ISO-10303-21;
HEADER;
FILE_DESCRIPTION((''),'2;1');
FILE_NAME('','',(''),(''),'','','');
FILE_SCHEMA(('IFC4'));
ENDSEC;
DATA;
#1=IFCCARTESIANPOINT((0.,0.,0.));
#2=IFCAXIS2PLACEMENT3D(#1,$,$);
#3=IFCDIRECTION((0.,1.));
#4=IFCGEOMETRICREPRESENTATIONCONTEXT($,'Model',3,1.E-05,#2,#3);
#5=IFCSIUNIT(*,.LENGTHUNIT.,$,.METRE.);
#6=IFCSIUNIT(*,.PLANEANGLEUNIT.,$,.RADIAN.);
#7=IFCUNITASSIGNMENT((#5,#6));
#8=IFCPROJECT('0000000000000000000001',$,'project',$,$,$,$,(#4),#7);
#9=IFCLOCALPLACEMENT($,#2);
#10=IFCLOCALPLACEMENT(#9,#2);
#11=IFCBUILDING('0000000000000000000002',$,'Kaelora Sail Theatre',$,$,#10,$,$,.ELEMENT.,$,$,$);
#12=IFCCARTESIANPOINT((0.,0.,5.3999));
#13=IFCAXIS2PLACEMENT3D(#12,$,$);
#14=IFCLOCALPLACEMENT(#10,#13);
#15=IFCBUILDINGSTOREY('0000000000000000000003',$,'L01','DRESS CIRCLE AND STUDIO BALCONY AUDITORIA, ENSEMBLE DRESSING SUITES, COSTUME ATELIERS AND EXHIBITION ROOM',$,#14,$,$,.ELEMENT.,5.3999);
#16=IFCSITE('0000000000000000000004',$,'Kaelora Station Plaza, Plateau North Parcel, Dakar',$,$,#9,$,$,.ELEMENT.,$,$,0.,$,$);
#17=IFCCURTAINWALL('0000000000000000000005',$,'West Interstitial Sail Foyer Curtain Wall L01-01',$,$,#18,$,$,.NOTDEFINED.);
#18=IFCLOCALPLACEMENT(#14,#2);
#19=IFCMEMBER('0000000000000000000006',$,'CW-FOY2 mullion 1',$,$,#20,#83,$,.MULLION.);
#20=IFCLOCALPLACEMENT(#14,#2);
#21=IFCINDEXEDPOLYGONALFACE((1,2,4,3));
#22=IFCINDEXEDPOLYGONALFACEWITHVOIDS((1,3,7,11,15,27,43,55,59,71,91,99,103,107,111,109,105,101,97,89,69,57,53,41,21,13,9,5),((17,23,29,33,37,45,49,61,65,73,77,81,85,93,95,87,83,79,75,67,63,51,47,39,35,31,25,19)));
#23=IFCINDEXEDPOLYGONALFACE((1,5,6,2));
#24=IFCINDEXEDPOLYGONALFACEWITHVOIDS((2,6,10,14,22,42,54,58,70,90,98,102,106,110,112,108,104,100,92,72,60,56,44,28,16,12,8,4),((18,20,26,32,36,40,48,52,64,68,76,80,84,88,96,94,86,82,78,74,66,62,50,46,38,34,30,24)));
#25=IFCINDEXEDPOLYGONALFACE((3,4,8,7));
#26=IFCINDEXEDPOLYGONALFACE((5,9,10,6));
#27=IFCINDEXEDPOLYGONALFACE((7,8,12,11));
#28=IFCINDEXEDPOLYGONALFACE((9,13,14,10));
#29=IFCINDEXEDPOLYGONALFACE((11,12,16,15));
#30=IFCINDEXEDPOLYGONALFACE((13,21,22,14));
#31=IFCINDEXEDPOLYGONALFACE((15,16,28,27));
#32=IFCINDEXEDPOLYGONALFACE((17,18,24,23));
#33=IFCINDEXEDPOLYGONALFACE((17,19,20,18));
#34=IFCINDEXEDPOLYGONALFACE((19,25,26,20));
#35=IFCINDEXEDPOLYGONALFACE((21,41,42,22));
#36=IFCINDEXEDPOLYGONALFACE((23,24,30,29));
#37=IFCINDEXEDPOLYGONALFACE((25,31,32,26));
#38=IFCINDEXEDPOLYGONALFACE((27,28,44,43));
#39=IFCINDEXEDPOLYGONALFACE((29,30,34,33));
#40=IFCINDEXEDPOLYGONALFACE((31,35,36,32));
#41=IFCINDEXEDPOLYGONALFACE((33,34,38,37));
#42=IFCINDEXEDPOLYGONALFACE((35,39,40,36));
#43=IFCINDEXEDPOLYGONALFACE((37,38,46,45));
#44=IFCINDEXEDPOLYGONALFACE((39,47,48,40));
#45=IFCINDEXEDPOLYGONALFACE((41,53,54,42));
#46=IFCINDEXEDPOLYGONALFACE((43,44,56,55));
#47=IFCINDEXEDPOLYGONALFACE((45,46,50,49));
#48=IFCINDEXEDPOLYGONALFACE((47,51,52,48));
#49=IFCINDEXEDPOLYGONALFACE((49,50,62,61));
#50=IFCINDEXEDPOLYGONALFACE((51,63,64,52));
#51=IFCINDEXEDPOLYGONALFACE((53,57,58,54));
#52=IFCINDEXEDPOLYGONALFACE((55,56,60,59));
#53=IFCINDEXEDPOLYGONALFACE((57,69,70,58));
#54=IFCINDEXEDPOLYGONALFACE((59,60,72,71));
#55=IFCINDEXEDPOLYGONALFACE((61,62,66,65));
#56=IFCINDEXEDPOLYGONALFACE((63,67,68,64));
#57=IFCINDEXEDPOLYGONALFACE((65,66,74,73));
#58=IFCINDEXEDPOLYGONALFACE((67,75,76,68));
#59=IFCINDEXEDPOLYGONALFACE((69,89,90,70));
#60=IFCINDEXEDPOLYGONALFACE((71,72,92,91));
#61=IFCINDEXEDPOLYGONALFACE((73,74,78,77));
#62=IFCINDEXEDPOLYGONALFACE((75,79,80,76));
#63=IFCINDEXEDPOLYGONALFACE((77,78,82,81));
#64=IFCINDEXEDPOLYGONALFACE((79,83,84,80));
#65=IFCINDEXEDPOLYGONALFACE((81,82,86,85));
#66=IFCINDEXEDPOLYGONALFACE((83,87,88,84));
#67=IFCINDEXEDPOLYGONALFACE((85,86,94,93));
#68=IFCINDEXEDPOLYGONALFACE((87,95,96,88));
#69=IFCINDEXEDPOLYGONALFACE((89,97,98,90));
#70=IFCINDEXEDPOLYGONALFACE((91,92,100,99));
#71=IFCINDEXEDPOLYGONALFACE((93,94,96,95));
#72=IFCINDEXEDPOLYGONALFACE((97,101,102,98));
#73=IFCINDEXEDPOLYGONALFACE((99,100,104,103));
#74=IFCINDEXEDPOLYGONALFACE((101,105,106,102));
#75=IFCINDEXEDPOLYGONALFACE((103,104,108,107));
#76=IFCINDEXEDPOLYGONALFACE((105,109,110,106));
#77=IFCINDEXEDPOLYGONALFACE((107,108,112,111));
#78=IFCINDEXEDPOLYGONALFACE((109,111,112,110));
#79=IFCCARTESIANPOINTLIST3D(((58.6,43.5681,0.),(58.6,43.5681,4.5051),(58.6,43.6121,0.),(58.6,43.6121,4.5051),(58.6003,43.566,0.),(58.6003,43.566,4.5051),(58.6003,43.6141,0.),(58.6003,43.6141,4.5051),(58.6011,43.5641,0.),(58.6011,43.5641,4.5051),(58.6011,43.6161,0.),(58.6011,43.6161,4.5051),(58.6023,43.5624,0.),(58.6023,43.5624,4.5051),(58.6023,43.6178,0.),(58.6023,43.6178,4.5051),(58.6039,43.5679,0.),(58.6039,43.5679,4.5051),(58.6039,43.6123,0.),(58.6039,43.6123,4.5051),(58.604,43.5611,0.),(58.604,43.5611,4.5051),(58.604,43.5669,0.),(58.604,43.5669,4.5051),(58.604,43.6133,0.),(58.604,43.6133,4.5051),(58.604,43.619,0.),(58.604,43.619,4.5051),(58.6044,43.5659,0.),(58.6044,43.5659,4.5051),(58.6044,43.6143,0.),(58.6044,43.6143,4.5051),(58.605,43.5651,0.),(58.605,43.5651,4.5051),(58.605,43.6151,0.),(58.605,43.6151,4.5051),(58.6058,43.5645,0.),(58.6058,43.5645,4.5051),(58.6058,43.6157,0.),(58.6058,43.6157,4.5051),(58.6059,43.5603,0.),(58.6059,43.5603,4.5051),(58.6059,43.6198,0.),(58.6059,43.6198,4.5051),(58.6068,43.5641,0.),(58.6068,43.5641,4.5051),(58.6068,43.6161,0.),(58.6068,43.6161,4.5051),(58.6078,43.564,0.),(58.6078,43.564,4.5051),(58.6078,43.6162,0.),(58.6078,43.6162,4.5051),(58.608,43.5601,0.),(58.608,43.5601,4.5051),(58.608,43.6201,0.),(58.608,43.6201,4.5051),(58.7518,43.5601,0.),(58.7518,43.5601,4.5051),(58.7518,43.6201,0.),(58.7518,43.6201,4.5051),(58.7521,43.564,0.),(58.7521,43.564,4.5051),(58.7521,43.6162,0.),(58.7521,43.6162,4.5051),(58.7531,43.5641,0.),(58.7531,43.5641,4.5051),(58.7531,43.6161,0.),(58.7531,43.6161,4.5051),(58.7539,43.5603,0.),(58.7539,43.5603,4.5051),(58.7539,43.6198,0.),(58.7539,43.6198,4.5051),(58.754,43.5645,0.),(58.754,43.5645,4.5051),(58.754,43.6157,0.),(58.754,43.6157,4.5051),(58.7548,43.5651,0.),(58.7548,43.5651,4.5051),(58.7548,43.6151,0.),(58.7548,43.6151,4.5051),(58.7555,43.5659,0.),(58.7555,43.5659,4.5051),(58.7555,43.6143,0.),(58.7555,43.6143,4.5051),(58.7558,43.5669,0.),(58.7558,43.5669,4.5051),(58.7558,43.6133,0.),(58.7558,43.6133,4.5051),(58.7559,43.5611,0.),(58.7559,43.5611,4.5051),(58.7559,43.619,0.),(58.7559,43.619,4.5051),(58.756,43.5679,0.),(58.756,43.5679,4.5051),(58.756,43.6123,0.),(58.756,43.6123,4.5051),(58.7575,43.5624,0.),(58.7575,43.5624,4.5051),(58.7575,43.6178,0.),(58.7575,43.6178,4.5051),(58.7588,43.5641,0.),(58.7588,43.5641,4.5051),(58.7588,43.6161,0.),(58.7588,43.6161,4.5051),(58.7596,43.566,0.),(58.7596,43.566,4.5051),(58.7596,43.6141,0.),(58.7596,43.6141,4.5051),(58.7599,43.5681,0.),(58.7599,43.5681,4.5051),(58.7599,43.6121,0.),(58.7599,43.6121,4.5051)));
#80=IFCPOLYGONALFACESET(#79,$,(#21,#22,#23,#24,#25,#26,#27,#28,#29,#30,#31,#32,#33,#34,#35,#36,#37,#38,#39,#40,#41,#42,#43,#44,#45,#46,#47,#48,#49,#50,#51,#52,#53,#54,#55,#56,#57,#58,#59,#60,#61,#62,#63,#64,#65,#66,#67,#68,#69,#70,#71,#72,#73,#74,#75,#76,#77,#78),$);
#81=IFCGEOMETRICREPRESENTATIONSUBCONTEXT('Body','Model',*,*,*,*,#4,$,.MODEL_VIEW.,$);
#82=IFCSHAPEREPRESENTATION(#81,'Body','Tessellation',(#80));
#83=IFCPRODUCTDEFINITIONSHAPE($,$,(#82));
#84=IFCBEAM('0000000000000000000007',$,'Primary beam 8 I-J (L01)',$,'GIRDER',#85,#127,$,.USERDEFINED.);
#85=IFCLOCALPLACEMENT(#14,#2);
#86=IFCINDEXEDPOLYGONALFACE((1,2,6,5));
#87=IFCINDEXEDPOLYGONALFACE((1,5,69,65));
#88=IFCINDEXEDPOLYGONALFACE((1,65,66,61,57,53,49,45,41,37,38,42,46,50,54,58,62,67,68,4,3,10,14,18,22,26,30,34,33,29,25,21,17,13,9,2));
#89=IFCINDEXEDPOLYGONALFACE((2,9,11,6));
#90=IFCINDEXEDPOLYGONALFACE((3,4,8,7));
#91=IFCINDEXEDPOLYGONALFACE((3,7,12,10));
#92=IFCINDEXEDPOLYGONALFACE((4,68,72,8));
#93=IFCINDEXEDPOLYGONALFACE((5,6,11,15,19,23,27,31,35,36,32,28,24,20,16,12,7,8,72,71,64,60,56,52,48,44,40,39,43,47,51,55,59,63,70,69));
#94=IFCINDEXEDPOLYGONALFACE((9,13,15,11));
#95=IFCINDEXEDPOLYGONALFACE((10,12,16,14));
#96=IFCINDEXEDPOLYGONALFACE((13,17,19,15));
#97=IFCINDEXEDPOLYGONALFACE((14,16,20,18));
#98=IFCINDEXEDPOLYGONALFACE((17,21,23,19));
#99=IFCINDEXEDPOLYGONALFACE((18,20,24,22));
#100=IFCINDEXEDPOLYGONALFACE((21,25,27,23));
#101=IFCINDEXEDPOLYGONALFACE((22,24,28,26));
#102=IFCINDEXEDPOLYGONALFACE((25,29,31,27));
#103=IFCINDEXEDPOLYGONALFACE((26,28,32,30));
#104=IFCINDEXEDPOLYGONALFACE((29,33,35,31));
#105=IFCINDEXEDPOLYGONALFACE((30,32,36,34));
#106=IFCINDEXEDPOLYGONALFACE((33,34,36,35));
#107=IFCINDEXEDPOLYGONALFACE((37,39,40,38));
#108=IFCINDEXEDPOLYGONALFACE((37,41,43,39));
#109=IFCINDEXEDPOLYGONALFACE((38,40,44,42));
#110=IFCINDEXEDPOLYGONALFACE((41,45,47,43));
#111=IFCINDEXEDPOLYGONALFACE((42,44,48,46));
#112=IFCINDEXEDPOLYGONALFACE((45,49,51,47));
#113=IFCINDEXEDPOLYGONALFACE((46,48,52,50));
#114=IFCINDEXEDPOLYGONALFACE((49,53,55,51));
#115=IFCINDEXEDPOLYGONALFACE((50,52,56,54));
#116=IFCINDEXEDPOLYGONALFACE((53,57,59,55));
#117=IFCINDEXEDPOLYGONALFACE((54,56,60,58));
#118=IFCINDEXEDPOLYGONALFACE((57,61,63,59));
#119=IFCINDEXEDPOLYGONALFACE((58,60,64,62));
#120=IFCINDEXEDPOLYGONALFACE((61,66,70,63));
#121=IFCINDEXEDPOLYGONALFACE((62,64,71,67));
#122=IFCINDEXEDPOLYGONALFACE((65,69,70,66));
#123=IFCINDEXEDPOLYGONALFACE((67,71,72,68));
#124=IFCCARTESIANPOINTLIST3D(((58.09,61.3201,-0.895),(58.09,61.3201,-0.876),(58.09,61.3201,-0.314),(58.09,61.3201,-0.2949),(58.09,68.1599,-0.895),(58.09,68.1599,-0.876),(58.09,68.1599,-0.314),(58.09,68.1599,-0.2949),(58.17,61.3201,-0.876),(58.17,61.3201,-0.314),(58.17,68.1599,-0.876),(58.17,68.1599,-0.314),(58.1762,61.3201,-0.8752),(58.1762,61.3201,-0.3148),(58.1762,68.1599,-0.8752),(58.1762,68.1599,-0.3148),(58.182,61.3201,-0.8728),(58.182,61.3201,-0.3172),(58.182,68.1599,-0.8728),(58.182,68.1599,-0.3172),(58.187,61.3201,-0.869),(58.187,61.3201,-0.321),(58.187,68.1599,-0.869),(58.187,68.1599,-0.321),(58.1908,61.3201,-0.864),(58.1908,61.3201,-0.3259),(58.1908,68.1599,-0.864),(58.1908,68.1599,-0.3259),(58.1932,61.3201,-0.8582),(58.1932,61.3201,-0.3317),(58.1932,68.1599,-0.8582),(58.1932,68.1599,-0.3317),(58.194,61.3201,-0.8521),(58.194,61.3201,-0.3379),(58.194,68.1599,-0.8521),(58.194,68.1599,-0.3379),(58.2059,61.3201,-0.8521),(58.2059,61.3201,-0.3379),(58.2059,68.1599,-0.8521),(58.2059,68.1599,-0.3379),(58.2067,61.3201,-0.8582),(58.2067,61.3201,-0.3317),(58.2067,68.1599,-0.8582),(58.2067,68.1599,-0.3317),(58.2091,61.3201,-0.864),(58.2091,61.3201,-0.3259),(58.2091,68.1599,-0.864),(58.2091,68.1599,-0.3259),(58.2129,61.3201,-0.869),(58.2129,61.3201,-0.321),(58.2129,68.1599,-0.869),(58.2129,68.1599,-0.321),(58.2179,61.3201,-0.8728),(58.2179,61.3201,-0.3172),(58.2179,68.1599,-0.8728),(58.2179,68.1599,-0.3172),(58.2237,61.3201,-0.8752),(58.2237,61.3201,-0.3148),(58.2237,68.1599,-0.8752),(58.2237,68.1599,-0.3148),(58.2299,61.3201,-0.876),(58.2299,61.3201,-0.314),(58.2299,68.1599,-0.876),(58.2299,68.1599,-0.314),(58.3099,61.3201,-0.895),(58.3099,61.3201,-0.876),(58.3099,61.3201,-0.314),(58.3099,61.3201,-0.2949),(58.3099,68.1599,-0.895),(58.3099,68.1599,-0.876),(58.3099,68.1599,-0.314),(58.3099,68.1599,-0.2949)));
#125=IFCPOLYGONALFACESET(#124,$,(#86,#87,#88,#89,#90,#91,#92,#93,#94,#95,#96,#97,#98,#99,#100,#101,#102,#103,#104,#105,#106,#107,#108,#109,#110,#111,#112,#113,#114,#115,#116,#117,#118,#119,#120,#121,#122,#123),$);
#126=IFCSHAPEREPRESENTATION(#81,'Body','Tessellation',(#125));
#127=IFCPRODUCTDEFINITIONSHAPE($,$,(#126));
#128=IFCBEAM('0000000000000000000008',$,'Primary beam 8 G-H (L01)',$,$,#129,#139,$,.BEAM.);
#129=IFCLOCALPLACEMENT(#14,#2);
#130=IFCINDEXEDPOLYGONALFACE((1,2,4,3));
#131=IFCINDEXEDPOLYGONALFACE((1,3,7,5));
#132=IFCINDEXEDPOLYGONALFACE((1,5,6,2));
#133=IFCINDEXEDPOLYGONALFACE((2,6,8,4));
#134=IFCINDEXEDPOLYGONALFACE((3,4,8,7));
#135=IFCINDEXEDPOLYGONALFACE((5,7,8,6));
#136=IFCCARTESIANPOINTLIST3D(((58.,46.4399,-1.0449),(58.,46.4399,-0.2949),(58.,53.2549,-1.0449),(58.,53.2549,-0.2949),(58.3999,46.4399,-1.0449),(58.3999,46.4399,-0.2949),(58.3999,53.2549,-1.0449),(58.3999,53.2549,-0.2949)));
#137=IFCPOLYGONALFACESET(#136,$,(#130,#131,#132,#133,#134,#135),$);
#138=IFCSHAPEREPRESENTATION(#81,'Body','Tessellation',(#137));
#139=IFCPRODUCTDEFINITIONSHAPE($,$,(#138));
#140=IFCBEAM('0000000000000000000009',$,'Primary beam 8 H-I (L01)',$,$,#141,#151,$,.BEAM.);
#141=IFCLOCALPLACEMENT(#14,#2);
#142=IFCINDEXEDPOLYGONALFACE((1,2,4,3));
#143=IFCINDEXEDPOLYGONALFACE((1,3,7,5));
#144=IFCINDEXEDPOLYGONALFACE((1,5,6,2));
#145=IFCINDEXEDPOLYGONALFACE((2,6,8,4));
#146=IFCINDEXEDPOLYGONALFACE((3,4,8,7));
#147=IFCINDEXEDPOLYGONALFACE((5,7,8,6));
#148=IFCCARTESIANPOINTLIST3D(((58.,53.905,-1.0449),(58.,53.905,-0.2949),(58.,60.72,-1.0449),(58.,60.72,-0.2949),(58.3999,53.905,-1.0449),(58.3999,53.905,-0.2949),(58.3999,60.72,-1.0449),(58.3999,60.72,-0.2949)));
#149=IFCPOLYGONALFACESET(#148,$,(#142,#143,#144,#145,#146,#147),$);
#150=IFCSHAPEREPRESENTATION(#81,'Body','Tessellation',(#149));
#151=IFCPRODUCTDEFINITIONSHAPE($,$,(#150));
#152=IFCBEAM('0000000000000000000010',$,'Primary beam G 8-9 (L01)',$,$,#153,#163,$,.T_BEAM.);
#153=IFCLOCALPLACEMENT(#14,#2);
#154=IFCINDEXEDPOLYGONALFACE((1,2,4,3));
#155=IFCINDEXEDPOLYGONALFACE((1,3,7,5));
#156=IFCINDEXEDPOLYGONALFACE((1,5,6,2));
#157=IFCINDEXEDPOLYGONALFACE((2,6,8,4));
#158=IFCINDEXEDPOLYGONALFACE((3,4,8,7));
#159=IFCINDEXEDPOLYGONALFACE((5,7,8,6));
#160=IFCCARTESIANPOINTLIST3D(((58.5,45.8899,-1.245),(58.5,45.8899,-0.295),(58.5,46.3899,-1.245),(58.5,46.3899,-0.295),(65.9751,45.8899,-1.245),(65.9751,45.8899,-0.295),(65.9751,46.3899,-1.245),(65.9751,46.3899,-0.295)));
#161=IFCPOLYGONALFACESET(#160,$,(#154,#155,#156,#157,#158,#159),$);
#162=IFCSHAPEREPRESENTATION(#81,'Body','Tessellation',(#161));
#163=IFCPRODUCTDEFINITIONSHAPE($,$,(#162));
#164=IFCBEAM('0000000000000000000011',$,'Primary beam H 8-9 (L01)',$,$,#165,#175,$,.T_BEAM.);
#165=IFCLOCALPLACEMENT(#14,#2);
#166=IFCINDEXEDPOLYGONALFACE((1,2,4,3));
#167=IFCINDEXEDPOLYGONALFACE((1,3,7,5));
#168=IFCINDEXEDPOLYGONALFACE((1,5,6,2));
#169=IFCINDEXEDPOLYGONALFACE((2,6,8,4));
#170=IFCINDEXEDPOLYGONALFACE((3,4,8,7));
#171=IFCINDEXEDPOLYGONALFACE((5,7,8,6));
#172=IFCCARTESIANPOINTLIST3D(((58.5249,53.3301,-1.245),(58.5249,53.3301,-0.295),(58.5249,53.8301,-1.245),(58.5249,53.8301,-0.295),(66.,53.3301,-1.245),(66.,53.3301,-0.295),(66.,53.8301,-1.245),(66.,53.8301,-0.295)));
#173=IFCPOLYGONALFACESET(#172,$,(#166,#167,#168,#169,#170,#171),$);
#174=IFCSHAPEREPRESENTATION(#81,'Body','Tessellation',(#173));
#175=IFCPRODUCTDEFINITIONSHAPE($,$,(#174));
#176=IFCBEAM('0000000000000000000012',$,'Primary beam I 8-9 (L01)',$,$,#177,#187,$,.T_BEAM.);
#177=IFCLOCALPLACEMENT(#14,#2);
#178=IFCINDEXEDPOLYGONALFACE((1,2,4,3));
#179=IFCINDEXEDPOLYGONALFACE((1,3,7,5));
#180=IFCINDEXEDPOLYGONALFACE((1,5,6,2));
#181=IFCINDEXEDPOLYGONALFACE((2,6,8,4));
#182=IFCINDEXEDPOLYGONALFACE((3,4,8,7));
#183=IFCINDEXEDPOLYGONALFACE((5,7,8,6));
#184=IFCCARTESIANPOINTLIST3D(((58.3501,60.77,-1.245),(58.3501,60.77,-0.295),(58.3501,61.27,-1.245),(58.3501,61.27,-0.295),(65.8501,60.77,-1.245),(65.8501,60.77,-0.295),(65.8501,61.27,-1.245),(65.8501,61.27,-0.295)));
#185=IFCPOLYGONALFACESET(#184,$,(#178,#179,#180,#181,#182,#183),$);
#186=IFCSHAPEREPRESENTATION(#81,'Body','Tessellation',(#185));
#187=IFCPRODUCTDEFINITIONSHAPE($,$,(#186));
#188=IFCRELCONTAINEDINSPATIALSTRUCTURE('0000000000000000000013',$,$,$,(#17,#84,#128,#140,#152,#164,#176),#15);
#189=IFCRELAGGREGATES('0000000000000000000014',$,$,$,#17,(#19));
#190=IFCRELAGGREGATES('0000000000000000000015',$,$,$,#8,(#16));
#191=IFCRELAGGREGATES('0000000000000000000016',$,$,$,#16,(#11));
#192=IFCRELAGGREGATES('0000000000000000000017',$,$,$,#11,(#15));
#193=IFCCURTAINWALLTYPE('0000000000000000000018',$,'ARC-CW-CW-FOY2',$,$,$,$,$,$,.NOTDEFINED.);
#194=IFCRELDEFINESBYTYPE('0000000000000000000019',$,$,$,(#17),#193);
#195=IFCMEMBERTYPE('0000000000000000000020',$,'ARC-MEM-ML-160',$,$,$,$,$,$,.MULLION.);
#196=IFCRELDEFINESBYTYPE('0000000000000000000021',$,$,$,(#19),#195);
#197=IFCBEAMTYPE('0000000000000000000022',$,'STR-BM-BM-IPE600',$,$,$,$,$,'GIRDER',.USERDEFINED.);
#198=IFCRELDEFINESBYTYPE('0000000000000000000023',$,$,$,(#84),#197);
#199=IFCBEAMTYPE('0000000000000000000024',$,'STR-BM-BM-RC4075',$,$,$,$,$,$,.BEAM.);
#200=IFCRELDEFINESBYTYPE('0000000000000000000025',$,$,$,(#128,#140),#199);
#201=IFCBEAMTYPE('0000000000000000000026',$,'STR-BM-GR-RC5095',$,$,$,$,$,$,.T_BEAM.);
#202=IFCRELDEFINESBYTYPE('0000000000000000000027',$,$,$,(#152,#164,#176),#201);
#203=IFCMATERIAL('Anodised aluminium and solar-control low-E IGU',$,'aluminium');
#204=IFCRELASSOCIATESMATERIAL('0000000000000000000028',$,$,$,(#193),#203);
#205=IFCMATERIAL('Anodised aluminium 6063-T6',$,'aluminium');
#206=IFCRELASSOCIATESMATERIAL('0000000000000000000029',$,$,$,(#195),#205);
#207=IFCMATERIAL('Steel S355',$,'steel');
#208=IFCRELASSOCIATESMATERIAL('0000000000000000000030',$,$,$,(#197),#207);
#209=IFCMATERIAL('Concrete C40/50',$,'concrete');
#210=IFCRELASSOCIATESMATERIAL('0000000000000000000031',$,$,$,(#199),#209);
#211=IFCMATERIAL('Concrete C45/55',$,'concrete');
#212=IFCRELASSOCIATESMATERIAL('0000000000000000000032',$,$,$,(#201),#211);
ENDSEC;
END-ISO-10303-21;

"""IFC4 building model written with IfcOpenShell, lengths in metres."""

from ifc_helpers import new_model, si_unit, direction, frame, origin, origin_2d, place, context, subcontext, project, spatial, rectangle, hollow_rectangle, i_section, extrude, material, material_profile, profile_set, type_object, element, aggregate, save


model = new_model("IFC4")

# Units and contexts
model_context = context("Model", 3, precision=1e-05, world=origin(), true_north=direction((0.0, 1.0)))
body_context = subcontext(model_context, "Body", "Model", "MODEL_VIEW")
ifc_project = project(units=[si_unit("LENGTHUNIT", "METRE"), si_unit("PLANEANGLEUNIT", "RADIAN")], contexts=[model_context])

# Site, building, storey
site_placement = place(None, origin())
site = spatial("IfcSite", under=ifc_project, at=site_placement, Name="Kaelora Station Plaza, Plateau North Parcel, Dakar", CompositionType="ELEMENT", RefElevation=0.0)
building_placement = place(site_placement, origin())
building = spatial("IfcBuilding", under=site, at=building_placement, Name="Kaelora Sail Theatre", CompositionType="ELEMENT")
storey_placement = place(building_placement, frame((0.0, 0.0, 5.3999)))
storey = spatial("IfcBuildingStorey", under=building, at=storey_placement, Name="L01", Description="DRESS CIRCLE AND STUDIO BALCONY AUDITORIA, ENSEMBLE DRESSING SUITES, COSTUME ATELIERS AND EXHIBITION ROOM", CompositionType="ELEMENT", Elevation=5.3999)

# Curtain wall, member
ifc_material_1 = material(Name="Anodised aluminium and solar-control low-E IGU", Category="aluminium")
curtain_wall_type = type_object("IfcCurtainWallType", Name="ARC-CW-CW-FOY2", PredefinedType="NOTDEFINED", material=ifc_material_1)
curtain_wall_placement = place(storey_placement, origin())
curtain_wall = element("IfcCurtainWall", 1, at=curtain_wall_placement, inside=storey, type_object=curtain_wall_type, Name="West Interstitial Sail Foyer Curtain Wall L01-01", PredefinedType="NOTDEFINED")
ifc_material_2 = material(Name="Anodised aluminium 6063-T6", Category="aluminium")
ifc_material_profile_1 = material_profile(ifc_material_2, hollow_rectangle(XDim=0.0601, YDim=0.1599, WallThickness=0.0039, InnerFilletRadius=0.0039, OuterFilletRadius=0.0081, at=origin_2d()), Name="ALU-MULL 60x160x4")
ifc_profile_set_1 = profile_set([ifc_material_profile_1], Name="Anodised aluminium 6063-T6")
member_type_1 = type_object("IfcMemberType", Name="ARC-MEM-ML-160", PredefinedType="MULLION", material=ifc_profile_set_1)
member_placement = place(storey_placement, frame((58.6799, 43.5901, 0.0), z_axis=(0.0, 0.0, 1.0), x_axis=(0.0, 1.0, 0.0)))
member = element("IfcMember", 2, at=member_placement, type_object=member_type_1, Name="CW-FOY2 mullion 1", PredefinedType="MULLION", context=body_context, shape_type="SweptSolid", body=[
    extrude(hollow_rectangle(XDim=0.0601, YDim=0.1599, WallThickness=0.0039, InnerFilletRadius=0.0039, OuterFilletRadius=0.0081, at=origin_2d()), origin(), (0.0, 0.0, 1.0), 4.5051),
])
aggregate(curtain_wall, [member])

# Beams
ifc_material_3 = material(Name="Steel S355", Category="steel")
ifc_material_profile_2 = material_profile(ifc_material_3, i_section(OverallWidth=0.22, OverallDepth=0.6001, WebThickness=0.012, FlangeThickness=0.019, FilletRadius=0.0239, at=origin_2d()), Name="IPE 600")
ifc_profile_set_2 = profile_set([ifc_material_profile_2], Name="Steel S355")
beam_type_1 = type_object("IfcBeamType", Name="STR-BM-BM-IPE600", ElementType="GIRDER", PredefinedType="USERDEFINED", material=ifc_profile_set_2)
beam_1_placement = place(storey_placement, frame((58.2, 61.3201, -0.595), z_axis=(0.0, 1.0, 0.0), x_axis=(-1.0, 0.0, 0.0)))
element("IfcBeam", 3, at=beam_1_placement, inside=storey, type_object=beam_type_1, Name="Primary beam 8 I-J (L01)", ObjectType="GIRDER", PredefinedType="USERDEFINED", context=body_context, shape_type="SweptSolid", body=[
    extrude(i_section(OverallWidth=0.22, OverallDepth=0.6001, WebThickness=0.012, FlangeThickness=0.019, FilletRadius=0.0239, at=origin_2d()), origin(), (0.0, 0.0, 1.0), 6.8398),
])
ifc_material_4 = material(Name="Concrete C40/50", Category="concrete")
ifc_material_profile_3 = material_profile(ifc_material_4, rectangle(XDim=0.3999, YDim=0.75, at=origin_2d()), Name="RC-BM 400x750")
ifc_profile_set_3 = profile_set([ifc_material_profile_3], Name="Concrete C40/50")
beam_type_2 = type_object("IfcBeamType", Name="STR-BM-BM-RC4075", PredefinedType="BEAM", material=ifc_profile_set_3)
for number, where, z_axis, x_axis, name in (
    (4, (58.2, 46.4399, -0.6699), (0.0, 1.0, 0.0), (-1.0, 0.0, 0.0), "Primary beam 8 G-H (L01)"),
    (5, (58.2, 53.905, -0.6699), (0.0, 1.0, 0.0), (-1.0, 0.0, 0.0), "Primary beam 8 H-I (L01)"),
):
    element("IfcBeam", number, at=place(storey_placement, frame(where, z_axis=z_axis, x_axis=x_axis)), inside=storey, type_object=beam_type_2, Name=name, PredefinedType="BEAM", context=body_context, shape_type="SweptSolid", body=[
        extrude(rectangle(XDim=0.3999, YDim=0.75, at=origin_2d()), origin(), (0.0, 0.0, 1.0), 6.8149),
    ])
ifc_material_5 = material(Name="Concrete C45/55", Category="concrete")
ifc_material_profile_4 = material_profile(ifc_material_5, rectangle(XDim=0.5, YDim=0.95, at=origin_2d()), Name="RC-GRD 500x950")
ifc_profile_set_4 = profile_set([ifc_material_profile_4], Name="Concrete C45/55")
beam_type_3 = type_object("IfcBeamType", Name="STR-BM-GR-RC5095", PredefinedType="T_BEAM", material=ifc_profile_set_4)
for number, where, z_axis, x_axis, name in (
    (6, (58.5, 46.1399, -0.77), (1.0, 0.0, 0.0), (0.0, 1.0, 0.0), "Primary beam G 8-9 (L01)"),
    (7, (58.5249, 53.5801, -0.77), (1.0, 0.0, 0.0), (0.0, 1.0, 0.0), "Primary beam H 8-9 (L01)"),
):
    element("IfcBeam", number, at=place(storey_placement, frame(where, z_axis=z_axis, x_axis=x_axis)), inside=storey, type_object=beam_type_3, Name=name, PredefinedType="T_BEAM", context=body_context, shape_type="SweptSolid", body=[
        extrude(rectangle(XDim=0.5, YDim=0.95, at=origin_2d()), origin(), (0.0, 0.0, 1.0), 7.4751),
    ])
beam_2_placement = place(storey_placement, frame((58.3501, 61.02, -0.77), z_axis=(1.0, 0.0, 0.0), x_axis=(0.0, 1.0, 0.0)))
element("IfcBeam", 8, at=beam_2_placement, inside=storey, type_object=beam_type_3, Name="Primary beam I 8-9 (L01)", PredefinedType="T_BEAM", context=body_context, shape_type="SweptSolid", body=[
    extrude(rectangle(XDim=0.5, YDim=0.95, at=origin_2d()), origin(), (0.0, 0.0, 1.0), 7.5),
])

save(model, "model.ifc")
